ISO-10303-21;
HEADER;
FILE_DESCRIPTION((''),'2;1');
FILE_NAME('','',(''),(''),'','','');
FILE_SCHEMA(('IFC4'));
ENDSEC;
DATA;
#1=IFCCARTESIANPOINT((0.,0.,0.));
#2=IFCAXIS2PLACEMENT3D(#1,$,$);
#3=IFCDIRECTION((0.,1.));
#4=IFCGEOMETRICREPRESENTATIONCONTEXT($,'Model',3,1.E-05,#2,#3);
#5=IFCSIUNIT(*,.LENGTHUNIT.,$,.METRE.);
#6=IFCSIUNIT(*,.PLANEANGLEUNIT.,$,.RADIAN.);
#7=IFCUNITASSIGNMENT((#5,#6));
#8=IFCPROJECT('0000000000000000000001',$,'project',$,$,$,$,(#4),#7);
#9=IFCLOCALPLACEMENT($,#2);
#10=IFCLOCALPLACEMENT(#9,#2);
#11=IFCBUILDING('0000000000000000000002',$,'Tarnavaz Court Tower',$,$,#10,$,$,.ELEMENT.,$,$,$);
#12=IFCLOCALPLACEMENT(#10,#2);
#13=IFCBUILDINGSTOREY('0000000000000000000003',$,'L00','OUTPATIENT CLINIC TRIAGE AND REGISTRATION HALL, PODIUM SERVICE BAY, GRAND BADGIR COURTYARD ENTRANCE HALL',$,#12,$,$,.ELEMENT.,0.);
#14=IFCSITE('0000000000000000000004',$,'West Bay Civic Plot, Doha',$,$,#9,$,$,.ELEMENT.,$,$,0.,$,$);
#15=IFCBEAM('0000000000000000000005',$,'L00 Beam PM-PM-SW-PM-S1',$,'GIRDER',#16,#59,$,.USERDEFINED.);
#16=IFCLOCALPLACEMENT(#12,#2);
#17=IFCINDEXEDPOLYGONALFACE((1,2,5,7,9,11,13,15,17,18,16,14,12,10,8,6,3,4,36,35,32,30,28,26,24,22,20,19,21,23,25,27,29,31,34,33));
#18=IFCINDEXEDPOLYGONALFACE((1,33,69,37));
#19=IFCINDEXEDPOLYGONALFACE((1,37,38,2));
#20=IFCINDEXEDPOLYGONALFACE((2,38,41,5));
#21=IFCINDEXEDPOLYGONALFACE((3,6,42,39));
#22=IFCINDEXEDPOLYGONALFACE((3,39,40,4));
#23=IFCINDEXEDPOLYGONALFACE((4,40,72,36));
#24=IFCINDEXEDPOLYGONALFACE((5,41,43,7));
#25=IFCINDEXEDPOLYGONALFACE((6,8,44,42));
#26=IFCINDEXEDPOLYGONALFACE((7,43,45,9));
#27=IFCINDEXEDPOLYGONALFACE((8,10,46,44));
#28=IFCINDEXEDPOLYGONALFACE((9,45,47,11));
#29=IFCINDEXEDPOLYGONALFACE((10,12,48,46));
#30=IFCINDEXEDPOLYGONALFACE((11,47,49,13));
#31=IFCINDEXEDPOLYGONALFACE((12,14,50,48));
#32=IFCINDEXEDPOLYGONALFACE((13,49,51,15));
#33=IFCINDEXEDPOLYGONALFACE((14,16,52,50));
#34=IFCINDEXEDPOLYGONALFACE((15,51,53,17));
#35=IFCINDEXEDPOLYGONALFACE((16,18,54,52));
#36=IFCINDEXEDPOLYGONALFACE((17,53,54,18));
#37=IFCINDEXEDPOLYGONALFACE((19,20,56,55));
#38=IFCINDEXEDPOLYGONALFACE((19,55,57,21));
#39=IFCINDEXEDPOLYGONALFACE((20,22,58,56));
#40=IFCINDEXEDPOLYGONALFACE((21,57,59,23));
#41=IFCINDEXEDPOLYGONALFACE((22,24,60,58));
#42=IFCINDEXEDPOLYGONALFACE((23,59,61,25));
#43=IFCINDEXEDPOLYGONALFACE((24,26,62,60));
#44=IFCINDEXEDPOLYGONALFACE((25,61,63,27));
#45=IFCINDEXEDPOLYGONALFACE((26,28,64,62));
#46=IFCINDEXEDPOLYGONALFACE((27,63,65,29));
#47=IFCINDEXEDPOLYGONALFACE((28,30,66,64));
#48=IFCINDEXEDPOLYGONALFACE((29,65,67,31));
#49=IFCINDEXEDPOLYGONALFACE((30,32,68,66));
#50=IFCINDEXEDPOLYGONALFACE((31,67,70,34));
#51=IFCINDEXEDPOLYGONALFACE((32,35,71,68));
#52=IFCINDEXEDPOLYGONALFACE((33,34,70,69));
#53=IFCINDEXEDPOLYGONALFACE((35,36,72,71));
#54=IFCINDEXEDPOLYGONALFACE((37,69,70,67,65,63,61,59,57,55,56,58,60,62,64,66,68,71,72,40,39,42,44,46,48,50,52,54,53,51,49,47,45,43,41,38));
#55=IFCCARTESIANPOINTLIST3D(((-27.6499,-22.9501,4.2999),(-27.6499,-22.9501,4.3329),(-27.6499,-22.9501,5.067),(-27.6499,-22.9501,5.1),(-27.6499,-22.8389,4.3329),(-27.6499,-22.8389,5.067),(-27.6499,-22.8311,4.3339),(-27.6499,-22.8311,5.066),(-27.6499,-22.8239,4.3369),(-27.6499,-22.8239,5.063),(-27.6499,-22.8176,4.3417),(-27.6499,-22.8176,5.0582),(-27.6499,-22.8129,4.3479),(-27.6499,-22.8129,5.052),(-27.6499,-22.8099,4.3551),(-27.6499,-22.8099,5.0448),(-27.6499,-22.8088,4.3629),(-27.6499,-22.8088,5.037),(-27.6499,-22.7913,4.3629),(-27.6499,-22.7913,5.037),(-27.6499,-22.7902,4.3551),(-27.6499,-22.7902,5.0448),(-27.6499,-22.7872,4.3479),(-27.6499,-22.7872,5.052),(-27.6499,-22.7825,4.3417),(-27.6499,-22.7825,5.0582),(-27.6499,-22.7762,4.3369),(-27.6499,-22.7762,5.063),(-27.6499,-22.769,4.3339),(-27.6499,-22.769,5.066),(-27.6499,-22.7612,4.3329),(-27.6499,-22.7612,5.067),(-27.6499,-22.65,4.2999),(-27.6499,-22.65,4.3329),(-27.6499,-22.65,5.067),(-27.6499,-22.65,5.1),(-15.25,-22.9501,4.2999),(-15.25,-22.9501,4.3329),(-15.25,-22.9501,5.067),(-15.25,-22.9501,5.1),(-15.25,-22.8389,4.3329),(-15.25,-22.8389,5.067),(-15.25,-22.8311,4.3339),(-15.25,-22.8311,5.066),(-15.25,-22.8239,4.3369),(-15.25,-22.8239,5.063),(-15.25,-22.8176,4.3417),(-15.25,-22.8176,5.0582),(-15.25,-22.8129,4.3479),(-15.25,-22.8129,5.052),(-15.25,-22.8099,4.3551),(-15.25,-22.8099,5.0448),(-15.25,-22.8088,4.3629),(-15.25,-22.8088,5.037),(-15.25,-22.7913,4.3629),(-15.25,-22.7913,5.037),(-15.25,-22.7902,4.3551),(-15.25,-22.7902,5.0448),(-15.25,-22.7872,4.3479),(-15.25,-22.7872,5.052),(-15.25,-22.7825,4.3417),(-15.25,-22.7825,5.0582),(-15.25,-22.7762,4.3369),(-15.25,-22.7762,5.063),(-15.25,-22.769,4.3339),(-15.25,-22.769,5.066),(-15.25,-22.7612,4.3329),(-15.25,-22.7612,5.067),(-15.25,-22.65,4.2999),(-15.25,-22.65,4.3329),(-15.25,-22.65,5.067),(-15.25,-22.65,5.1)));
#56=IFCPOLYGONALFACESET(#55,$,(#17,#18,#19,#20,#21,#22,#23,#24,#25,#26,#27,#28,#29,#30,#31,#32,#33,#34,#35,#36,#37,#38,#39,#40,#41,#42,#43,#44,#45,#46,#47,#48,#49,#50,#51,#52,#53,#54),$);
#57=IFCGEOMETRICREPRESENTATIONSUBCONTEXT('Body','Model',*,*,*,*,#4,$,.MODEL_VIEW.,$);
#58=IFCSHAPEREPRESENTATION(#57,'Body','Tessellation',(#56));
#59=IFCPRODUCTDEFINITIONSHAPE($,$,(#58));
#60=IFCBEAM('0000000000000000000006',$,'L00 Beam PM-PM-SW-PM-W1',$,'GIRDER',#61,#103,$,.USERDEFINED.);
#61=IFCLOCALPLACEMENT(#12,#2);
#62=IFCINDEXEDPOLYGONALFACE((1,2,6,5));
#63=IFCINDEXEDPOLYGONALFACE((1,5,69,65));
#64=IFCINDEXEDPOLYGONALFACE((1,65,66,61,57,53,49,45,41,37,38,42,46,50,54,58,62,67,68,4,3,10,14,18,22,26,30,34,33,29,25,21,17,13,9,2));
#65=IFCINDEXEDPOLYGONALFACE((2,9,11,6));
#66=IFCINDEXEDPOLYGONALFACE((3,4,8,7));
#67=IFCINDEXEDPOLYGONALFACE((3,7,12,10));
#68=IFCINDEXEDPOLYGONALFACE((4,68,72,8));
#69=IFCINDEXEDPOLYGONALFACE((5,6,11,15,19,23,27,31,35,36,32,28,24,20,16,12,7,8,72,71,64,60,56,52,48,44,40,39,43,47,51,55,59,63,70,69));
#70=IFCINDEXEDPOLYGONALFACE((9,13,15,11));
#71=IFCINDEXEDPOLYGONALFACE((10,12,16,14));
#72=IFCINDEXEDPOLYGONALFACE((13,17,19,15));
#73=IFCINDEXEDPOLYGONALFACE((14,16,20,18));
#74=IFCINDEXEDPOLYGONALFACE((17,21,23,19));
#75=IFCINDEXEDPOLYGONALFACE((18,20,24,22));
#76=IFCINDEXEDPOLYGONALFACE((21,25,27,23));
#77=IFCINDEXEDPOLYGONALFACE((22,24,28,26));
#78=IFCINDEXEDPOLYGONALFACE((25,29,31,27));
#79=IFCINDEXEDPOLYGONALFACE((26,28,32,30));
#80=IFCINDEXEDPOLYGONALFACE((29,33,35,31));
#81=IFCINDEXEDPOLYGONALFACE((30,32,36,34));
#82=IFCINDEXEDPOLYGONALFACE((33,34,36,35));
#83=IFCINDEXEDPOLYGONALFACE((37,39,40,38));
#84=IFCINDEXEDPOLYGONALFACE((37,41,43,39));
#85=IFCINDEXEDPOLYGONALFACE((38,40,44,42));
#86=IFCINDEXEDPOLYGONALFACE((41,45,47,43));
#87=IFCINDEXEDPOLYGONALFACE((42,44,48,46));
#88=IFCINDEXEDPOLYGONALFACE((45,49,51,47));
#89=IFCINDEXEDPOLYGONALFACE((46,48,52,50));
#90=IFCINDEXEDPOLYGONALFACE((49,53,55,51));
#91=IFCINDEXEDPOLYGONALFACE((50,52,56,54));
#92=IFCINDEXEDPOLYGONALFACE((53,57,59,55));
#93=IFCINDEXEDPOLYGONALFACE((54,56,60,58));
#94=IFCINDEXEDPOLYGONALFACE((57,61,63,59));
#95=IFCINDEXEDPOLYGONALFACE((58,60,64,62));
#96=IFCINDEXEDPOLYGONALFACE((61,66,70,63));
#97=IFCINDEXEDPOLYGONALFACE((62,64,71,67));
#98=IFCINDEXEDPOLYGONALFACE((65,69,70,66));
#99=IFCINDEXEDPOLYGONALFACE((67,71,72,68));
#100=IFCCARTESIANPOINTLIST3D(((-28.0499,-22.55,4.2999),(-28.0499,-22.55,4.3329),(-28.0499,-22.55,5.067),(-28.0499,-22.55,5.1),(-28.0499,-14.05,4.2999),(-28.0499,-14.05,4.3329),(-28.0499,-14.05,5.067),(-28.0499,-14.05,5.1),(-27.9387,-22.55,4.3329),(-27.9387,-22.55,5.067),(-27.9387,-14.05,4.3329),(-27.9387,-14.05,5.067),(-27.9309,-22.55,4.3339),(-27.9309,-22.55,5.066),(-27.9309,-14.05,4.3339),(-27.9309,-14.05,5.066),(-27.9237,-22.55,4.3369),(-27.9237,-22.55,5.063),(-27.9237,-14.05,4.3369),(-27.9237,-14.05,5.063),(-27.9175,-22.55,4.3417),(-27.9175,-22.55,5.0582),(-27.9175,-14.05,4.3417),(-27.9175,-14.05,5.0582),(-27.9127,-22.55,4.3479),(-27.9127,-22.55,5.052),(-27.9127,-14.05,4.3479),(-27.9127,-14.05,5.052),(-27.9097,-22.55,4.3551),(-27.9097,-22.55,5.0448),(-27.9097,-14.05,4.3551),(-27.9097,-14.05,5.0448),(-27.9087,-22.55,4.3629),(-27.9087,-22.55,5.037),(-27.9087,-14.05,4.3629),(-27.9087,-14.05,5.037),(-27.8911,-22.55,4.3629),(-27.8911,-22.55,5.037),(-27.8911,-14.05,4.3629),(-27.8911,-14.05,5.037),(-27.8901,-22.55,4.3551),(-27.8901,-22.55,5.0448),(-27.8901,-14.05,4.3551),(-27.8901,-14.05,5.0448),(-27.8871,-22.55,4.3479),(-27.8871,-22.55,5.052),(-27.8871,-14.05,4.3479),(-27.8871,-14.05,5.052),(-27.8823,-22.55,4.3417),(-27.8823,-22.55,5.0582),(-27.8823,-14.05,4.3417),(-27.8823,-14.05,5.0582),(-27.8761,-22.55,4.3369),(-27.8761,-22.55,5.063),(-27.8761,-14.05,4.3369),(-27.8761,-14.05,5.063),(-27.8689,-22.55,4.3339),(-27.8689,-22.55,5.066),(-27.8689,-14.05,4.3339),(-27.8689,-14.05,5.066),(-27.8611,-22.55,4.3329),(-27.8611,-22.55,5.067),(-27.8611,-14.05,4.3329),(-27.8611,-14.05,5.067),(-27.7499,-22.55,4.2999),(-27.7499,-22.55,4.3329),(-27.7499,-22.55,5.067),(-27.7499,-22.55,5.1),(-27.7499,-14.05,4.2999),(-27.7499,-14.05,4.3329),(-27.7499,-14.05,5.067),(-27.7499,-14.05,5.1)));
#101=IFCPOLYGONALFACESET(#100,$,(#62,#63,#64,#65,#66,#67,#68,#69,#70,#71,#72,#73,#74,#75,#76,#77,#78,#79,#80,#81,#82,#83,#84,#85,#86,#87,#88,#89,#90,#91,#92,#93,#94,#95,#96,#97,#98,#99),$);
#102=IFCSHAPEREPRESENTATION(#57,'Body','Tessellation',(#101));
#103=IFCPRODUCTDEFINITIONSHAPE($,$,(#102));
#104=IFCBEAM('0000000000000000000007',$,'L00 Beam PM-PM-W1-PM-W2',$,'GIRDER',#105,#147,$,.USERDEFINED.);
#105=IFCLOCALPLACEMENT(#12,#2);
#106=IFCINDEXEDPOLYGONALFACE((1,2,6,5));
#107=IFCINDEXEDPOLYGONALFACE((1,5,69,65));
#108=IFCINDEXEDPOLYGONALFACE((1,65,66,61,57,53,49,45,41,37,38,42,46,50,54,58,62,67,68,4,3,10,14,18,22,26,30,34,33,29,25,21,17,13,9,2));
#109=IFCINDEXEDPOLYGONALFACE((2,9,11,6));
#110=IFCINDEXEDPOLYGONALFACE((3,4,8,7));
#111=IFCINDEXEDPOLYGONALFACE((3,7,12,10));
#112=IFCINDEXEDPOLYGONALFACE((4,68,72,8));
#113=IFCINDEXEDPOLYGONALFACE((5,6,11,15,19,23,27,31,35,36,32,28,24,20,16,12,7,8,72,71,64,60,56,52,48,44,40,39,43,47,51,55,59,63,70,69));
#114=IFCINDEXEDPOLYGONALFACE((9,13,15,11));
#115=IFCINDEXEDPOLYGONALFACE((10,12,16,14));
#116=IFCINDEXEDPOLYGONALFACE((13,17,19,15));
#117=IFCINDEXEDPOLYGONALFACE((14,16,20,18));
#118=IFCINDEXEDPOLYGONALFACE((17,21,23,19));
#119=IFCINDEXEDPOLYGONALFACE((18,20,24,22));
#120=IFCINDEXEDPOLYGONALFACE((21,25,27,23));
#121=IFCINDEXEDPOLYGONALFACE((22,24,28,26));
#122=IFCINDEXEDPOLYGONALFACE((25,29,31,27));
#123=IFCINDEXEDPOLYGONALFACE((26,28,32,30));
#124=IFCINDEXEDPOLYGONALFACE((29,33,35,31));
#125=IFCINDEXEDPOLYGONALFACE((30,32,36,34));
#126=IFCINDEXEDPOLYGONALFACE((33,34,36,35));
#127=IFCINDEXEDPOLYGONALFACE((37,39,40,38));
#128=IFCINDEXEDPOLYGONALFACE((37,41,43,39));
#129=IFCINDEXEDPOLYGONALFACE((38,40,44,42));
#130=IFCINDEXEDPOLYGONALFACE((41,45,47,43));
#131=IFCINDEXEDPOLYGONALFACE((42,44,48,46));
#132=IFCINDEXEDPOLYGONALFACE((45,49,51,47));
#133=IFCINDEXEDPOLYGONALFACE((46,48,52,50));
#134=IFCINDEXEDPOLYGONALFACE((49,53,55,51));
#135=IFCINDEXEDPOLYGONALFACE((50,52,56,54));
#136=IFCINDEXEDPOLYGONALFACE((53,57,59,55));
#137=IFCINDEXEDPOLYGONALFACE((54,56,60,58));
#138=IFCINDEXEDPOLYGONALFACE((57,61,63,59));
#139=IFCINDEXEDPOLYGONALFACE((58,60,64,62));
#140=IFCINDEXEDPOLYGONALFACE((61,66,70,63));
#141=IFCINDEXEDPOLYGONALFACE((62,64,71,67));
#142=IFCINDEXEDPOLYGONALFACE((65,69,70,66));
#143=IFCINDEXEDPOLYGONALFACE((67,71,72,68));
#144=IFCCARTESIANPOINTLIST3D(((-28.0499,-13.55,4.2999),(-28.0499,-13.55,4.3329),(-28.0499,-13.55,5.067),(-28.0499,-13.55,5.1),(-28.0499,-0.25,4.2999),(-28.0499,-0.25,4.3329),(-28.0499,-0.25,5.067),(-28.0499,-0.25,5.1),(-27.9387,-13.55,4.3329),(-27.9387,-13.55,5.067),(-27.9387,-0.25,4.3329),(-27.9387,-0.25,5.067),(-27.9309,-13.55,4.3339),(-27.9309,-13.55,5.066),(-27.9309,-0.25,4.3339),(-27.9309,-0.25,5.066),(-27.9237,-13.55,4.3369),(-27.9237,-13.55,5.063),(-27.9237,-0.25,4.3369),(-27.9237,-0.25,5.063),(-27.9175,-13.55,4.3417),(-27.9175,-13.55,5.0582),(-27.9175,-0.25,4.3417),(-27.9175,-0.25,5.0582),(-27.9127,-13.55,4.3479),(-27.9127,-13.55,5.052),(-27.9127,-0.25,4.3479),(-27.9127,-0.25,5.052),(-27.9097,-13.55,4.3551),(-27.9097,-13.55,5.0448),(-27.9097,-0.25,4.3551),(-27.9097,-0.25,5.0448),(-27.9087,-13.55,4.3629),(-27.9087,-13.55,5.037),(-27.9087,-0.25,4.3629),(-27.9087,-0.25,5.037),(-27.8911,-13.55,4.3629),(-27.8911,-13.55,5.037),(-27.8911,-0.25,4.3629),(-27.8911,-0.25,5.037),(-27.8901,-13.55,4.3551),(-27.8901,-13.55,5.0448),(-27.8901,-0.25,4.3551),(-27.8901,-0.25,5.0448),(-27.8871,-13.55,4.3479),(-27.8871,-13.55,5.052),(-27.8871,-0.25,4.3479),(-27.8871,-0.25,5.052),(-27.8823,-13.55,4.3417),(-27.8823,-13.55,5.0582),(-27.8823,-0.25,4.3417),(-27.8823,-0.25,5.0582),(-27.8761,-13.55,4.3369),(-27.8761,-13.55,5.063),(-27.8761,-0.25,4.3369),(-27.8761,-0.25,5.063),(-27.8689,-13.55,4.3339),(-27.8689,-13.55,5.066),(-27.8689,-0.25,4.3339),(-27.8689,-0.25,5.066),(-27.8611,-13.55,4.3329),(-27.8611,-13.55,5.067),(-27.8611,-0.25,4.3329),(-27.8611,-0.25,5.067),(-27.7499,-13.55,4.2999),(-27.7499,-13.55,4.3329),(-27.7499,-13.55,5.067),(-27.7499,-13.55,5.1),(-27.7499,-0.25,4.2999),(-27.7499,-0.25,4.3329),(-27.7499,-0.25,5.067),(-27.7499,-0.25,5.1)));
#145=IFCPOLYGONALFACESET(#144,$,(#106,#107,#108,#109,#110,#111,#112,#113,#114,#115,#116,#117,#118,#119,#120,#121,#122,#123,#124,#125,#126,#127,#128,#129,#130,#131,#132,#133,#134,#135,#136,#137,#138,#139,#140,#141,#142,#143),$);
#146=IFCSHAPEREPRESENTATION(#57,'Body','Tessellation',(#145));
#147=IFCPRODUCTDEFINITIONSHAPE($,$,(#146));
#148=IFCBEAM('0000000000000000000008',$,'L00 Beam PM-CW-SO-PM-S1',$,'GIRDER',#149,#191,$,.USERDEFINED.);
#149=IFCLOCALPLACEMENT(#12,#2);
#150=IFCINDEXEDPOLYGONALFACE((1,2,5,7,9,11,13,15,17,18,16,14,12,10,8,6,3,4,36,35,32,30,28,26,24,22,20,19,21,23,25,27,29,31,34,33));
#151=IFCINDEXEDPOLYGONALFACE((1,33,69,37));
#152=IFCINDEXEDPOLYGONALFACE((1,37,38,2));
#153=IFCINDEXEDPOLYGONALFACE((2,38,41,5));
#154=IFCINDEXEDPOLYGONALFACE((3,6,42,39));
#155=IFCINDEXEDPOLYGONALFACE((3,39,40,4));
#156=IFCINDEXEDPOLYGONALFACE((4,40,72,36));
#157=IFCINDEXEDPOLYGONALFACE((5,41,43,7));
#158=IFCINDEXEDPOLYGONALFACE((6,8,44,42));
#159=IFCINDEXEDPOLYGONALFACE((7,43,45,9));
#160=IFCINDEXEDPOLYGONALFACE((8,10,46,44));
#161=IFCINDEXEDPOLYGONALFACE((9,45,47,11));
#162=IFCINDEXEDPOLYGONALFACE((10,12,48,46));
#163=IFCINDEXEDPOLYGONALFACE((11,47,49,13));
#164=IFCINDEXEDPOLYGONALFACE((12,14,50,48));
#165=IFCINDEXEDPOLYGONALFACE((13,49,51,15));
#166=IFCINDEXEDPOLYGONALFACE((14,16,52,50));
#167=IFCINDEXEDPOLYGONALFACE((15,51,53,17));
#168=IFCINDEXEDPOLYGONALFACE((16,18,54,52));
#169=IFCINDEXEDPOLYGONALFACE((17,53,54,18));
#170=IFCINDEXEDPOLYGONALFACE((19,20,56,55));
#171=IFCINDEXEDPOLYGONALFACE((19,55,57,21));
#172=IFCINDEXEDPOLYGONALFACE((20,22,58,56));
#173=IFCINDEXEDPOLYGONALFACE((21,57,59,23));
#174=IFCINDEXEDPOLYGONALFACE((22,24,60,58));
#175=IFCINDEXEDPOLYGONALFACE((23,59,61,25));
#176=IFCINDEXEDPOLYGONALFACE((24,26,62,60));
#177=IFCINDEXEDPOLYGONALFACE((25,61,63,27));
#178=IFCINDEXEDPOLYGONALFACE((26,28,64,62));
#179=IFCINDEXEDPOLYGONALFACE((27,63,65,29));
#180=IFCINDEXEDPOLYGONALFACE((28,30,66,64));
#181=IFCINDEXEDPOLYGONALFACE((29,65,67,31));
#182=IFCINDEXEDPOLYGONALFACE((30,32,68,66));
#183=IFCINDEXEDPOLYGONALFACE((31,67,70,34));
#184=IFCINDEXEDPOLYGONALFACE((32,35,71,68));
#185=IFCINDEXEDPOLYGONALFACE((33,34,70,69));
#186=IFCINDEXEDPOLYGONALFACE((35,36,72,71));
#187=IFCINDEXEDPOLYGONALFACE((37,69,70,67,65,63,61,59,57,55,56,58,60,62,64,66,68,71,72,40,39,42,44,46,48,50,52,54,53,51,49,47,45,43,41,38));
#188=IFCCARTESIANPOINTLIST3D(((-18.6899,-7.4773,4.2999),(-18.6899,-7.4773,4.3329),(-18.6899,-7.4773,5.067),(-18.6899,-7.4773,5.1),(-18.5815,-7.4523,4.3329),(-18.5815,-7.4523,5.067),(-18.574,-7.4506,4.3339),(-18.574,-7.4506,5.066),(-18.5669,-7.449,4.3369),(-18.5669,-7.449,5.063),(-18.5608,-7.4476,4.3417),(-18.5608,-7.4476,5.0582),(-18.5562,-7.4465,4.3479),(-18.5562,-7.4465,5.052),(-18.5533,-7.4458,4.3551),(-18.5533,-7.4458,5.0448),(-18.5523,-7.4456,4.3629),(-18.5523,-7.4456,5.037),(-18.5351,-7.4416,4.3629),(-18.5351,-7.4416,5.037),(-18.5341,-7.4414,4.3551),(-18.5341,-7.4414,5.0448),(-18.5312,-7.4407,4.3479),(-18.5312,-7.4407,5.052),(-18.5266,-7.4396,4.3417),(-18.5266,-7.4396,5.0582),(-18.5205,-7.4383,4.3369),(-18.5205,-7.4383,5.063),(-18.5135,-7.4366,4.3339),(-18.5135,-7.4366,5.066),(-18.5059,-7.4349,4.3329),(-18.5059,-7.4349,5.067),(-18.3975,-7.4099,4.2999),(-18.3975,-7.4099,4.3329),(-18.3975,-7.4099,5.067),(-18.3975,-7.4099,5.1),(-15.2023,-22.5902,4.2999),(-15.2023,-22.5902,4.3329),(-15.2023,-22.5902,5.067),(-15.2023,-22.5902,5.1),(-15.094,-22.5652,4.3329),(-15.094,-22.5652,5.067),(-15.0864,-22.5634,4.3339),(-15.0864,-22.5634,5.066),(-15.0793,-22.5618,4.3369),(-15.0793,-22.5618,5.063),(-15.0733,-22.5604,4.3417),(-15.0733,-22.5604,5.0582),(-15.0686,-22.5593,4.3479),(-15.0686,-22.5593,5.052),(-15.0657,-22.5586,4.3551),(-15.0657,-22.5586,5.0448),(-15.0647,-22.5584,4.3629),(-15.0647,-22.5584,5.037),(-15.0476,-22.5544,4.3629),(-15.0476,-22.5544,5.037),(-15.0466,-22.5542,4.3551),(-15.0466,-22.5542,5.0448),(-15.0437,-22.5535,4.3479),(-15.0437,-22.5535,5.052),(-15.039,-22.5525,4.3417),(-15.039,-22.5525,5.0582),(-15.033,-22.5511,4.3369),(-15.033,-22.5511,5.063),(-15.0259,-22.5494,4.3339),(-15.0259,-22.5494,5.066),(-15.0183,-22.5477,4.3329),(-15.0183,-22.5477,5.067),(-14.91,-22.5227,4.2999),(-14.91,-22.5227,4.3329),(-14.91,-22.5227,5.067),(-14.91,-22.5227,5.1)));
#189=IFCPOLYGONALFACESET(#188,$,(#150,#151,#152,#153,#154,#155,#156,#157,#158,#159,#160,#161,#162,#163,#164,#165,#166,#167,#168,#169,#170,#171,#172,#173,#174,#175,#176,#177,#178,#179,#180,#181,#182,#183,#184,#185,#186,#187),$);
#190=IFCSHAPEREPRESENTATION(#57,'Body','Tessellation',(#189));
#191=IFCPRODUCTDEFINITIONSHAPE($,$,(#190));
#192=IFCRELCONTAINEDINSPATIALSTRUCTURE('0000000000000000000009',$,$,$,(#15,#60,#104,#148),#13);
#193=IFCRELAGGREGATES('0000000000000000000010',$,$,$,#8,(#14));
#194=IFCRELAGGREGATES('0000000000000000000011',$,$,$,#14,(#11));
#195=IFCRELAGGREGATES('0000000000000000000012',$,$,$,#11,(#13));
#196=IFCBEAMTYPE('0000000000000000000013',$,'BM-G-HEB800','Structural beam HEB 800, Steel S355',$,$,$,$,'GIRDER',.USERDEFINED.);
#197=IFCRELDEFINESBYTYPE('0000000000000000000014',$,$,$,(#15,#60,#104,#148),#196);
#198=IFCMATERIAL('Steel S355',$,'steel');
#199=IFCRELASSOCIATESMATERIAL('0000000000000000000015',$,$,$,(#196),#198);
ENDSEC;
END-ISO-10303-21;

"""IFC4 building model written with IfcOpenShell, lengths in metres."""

from ifc_helpers import new_model, si_unit, direction, frame, origin, origin_2d, place, context, subcontext, project, spatial, i_section, extrude, material, material_profile, profile_set, type_object, element, save


model = new_model("IFC4")

# Units and contexts
model_context = context("Model", 3, precision=1e-05, world=origin(), true_north=direction((0.0, 1.0)))
body_context = subcontext(model_context, "Body", "Model", "MODEL_VIEW")
ifc_project = project(units=[si_unit("LENGTHUNIT", "METRE"), si_unit("PLANEANGLEUNIT", "RADIAN")], contexts=[model_context])

# Site, building, storey
site_placement = place(None, origin())
site = spatial("IfcSite", under=ifc_project, at=site_placement, Name="West Bay Civic Plot, Doha", CompositionType="ELEMENT", RefElevation=0.0)
building_placement = place(site_placement, origin())
building = spatial("IfcBuilding", under=site, at=building_placement, Name="Tarnavaz Court Tower", CompositionType="ELEMENT")
storey_placement = place(building_placement, origin())
storey = spatial("IfcBuildingStorey", under=building, at=storey_placement, Name="L00", Description="OUTPATIENT CLINIC TRIAGE AND REGISTRATION HALL, PODIUM SERVICE BAY, GRAND BADGIR COURTYARD ENTRANCE HALL", CompositionType="ELEMENT", Elevation=0.0)

# Beams
ifc_material_1 = material(Name="Steel S355", Category="steel")
ifc_material_profile_1 = material_profile(ifc_material_1, i_section(OverallWidth=0.3, OverallDepth=0.8, WebThickness=0.0176, FlangeThickness=0.033, FilletRadius=0.03, at=origin_2d()), Name="HEB 800")
ifc_profile_set_1 = profile_set([ifc_material_profile_1], Name="Steel S355")
beam_type_1 = type_object("IfcBeamType", Name="BM-G-HEB800", Description="Structural beam HEB 800, Steel S355", ElementType="GIRDER", PredefinedType="USERDEFINED", material=ifc_profile_set_1)
beam_1_placement = place(storey_placement, frame((-27.6499, -22.8, 4.7), z_axis=(1.0, 0.0, 0.0), x_axis=(0.0, 1.0, 0.0)))
element("IfcBeam", 1, at=beam_1_placement, inside=storey, type_object=beam_type_1, Name="L00 Beam PM-PM-SW-PM-S1", ObjectType="GIRDER", PredefinedType="USERDEFINED", context=body_context, shape_type="SweptSolid", body=[
    extrude(i_section(OverallWidth=0.3, OverallDepth=0.8, WebThickness=0.0176, FlangeThickness=0.033, FilletRadius=0.03, at=origin_2d()), origin(), (0.0, 0.0, 1.0), 12.3999),
])
beam_2_placement = place(storey_placement, frame((-27.8999, -22.55, 4.7), z_axis=(0.0, 1.0, 0.0), x_axis=(-1.0, 0.0, 0.0)))
element("IfcBeam", 2, at=beam_2_placement, inside=storey, type_object=beam_type_1, Name="L00 Beam PM-PM-SW-PM-W1", ObjectType="GIRDER", PredefinedType="USERDEFINED", context=body_context, shape_type="SweptSolid", body=[
    extrude(i_section(OverallWidth=0.3, OverallDepth=0.8, WebThickness=0.0176, FlangeThickness=0.033, FilletRadius=0.03, at=origin_2d()), origin(), (0.0, 0.0, 1.0), 8.5),
])
beam_3_placement = place(storey_placement, frame((-27.8999, -13.55, 4.7), z_axis=(0.0, 1.0, 0.0), x_axis=(-1.0, 0.0, 0.0)))
element("IfcBeam", 3, at=beam_3_placement, inside=storey, type_object=beam_type_1, Name="L00 Beam PM-PM-W1-PM-W2", ObjectType="GIRDER", PredefinedType="USERDEFINED", context=body_context, shape_type="SweptSolid", body=[
    extrude(i_section(OverallWidth=0.3, OverallDepth=0.8, WebThickness=0.0176, FlangeThickness=0.033, FilletRadius=0.03, at=origin_2d()), origin(), (0.0, 0.0, 1.0), 13.3),
])
beam_4_placement = place(storey_placement, frame((-18.5437, -7.4436, 4.7), z_axis=(0.224858, -0.974391, 0.0), x_axis=(0.974391, 0.224858, 0.0)))
element("IfcBeam", 4, at=beam_4_placement, inside=storey, type_object=beam_type_1, Name="L00 Beam PM-CW-SO-PM-S1", ObjectType="GIRDER", PredefinedType="USERDEFINED", context=body_context, shape_type="SweptSolid", body=[
    extrude(i_section(OverallWidth=0.3, OverallDepth=0.8, WebThickness=0.0176, FlangeThickness=0.033, FilletRadius=0.03, at=origin_2d()), origin(), (0.0, 0.0, 1.0), 15.51),
])

save(model, "model.ifc")
